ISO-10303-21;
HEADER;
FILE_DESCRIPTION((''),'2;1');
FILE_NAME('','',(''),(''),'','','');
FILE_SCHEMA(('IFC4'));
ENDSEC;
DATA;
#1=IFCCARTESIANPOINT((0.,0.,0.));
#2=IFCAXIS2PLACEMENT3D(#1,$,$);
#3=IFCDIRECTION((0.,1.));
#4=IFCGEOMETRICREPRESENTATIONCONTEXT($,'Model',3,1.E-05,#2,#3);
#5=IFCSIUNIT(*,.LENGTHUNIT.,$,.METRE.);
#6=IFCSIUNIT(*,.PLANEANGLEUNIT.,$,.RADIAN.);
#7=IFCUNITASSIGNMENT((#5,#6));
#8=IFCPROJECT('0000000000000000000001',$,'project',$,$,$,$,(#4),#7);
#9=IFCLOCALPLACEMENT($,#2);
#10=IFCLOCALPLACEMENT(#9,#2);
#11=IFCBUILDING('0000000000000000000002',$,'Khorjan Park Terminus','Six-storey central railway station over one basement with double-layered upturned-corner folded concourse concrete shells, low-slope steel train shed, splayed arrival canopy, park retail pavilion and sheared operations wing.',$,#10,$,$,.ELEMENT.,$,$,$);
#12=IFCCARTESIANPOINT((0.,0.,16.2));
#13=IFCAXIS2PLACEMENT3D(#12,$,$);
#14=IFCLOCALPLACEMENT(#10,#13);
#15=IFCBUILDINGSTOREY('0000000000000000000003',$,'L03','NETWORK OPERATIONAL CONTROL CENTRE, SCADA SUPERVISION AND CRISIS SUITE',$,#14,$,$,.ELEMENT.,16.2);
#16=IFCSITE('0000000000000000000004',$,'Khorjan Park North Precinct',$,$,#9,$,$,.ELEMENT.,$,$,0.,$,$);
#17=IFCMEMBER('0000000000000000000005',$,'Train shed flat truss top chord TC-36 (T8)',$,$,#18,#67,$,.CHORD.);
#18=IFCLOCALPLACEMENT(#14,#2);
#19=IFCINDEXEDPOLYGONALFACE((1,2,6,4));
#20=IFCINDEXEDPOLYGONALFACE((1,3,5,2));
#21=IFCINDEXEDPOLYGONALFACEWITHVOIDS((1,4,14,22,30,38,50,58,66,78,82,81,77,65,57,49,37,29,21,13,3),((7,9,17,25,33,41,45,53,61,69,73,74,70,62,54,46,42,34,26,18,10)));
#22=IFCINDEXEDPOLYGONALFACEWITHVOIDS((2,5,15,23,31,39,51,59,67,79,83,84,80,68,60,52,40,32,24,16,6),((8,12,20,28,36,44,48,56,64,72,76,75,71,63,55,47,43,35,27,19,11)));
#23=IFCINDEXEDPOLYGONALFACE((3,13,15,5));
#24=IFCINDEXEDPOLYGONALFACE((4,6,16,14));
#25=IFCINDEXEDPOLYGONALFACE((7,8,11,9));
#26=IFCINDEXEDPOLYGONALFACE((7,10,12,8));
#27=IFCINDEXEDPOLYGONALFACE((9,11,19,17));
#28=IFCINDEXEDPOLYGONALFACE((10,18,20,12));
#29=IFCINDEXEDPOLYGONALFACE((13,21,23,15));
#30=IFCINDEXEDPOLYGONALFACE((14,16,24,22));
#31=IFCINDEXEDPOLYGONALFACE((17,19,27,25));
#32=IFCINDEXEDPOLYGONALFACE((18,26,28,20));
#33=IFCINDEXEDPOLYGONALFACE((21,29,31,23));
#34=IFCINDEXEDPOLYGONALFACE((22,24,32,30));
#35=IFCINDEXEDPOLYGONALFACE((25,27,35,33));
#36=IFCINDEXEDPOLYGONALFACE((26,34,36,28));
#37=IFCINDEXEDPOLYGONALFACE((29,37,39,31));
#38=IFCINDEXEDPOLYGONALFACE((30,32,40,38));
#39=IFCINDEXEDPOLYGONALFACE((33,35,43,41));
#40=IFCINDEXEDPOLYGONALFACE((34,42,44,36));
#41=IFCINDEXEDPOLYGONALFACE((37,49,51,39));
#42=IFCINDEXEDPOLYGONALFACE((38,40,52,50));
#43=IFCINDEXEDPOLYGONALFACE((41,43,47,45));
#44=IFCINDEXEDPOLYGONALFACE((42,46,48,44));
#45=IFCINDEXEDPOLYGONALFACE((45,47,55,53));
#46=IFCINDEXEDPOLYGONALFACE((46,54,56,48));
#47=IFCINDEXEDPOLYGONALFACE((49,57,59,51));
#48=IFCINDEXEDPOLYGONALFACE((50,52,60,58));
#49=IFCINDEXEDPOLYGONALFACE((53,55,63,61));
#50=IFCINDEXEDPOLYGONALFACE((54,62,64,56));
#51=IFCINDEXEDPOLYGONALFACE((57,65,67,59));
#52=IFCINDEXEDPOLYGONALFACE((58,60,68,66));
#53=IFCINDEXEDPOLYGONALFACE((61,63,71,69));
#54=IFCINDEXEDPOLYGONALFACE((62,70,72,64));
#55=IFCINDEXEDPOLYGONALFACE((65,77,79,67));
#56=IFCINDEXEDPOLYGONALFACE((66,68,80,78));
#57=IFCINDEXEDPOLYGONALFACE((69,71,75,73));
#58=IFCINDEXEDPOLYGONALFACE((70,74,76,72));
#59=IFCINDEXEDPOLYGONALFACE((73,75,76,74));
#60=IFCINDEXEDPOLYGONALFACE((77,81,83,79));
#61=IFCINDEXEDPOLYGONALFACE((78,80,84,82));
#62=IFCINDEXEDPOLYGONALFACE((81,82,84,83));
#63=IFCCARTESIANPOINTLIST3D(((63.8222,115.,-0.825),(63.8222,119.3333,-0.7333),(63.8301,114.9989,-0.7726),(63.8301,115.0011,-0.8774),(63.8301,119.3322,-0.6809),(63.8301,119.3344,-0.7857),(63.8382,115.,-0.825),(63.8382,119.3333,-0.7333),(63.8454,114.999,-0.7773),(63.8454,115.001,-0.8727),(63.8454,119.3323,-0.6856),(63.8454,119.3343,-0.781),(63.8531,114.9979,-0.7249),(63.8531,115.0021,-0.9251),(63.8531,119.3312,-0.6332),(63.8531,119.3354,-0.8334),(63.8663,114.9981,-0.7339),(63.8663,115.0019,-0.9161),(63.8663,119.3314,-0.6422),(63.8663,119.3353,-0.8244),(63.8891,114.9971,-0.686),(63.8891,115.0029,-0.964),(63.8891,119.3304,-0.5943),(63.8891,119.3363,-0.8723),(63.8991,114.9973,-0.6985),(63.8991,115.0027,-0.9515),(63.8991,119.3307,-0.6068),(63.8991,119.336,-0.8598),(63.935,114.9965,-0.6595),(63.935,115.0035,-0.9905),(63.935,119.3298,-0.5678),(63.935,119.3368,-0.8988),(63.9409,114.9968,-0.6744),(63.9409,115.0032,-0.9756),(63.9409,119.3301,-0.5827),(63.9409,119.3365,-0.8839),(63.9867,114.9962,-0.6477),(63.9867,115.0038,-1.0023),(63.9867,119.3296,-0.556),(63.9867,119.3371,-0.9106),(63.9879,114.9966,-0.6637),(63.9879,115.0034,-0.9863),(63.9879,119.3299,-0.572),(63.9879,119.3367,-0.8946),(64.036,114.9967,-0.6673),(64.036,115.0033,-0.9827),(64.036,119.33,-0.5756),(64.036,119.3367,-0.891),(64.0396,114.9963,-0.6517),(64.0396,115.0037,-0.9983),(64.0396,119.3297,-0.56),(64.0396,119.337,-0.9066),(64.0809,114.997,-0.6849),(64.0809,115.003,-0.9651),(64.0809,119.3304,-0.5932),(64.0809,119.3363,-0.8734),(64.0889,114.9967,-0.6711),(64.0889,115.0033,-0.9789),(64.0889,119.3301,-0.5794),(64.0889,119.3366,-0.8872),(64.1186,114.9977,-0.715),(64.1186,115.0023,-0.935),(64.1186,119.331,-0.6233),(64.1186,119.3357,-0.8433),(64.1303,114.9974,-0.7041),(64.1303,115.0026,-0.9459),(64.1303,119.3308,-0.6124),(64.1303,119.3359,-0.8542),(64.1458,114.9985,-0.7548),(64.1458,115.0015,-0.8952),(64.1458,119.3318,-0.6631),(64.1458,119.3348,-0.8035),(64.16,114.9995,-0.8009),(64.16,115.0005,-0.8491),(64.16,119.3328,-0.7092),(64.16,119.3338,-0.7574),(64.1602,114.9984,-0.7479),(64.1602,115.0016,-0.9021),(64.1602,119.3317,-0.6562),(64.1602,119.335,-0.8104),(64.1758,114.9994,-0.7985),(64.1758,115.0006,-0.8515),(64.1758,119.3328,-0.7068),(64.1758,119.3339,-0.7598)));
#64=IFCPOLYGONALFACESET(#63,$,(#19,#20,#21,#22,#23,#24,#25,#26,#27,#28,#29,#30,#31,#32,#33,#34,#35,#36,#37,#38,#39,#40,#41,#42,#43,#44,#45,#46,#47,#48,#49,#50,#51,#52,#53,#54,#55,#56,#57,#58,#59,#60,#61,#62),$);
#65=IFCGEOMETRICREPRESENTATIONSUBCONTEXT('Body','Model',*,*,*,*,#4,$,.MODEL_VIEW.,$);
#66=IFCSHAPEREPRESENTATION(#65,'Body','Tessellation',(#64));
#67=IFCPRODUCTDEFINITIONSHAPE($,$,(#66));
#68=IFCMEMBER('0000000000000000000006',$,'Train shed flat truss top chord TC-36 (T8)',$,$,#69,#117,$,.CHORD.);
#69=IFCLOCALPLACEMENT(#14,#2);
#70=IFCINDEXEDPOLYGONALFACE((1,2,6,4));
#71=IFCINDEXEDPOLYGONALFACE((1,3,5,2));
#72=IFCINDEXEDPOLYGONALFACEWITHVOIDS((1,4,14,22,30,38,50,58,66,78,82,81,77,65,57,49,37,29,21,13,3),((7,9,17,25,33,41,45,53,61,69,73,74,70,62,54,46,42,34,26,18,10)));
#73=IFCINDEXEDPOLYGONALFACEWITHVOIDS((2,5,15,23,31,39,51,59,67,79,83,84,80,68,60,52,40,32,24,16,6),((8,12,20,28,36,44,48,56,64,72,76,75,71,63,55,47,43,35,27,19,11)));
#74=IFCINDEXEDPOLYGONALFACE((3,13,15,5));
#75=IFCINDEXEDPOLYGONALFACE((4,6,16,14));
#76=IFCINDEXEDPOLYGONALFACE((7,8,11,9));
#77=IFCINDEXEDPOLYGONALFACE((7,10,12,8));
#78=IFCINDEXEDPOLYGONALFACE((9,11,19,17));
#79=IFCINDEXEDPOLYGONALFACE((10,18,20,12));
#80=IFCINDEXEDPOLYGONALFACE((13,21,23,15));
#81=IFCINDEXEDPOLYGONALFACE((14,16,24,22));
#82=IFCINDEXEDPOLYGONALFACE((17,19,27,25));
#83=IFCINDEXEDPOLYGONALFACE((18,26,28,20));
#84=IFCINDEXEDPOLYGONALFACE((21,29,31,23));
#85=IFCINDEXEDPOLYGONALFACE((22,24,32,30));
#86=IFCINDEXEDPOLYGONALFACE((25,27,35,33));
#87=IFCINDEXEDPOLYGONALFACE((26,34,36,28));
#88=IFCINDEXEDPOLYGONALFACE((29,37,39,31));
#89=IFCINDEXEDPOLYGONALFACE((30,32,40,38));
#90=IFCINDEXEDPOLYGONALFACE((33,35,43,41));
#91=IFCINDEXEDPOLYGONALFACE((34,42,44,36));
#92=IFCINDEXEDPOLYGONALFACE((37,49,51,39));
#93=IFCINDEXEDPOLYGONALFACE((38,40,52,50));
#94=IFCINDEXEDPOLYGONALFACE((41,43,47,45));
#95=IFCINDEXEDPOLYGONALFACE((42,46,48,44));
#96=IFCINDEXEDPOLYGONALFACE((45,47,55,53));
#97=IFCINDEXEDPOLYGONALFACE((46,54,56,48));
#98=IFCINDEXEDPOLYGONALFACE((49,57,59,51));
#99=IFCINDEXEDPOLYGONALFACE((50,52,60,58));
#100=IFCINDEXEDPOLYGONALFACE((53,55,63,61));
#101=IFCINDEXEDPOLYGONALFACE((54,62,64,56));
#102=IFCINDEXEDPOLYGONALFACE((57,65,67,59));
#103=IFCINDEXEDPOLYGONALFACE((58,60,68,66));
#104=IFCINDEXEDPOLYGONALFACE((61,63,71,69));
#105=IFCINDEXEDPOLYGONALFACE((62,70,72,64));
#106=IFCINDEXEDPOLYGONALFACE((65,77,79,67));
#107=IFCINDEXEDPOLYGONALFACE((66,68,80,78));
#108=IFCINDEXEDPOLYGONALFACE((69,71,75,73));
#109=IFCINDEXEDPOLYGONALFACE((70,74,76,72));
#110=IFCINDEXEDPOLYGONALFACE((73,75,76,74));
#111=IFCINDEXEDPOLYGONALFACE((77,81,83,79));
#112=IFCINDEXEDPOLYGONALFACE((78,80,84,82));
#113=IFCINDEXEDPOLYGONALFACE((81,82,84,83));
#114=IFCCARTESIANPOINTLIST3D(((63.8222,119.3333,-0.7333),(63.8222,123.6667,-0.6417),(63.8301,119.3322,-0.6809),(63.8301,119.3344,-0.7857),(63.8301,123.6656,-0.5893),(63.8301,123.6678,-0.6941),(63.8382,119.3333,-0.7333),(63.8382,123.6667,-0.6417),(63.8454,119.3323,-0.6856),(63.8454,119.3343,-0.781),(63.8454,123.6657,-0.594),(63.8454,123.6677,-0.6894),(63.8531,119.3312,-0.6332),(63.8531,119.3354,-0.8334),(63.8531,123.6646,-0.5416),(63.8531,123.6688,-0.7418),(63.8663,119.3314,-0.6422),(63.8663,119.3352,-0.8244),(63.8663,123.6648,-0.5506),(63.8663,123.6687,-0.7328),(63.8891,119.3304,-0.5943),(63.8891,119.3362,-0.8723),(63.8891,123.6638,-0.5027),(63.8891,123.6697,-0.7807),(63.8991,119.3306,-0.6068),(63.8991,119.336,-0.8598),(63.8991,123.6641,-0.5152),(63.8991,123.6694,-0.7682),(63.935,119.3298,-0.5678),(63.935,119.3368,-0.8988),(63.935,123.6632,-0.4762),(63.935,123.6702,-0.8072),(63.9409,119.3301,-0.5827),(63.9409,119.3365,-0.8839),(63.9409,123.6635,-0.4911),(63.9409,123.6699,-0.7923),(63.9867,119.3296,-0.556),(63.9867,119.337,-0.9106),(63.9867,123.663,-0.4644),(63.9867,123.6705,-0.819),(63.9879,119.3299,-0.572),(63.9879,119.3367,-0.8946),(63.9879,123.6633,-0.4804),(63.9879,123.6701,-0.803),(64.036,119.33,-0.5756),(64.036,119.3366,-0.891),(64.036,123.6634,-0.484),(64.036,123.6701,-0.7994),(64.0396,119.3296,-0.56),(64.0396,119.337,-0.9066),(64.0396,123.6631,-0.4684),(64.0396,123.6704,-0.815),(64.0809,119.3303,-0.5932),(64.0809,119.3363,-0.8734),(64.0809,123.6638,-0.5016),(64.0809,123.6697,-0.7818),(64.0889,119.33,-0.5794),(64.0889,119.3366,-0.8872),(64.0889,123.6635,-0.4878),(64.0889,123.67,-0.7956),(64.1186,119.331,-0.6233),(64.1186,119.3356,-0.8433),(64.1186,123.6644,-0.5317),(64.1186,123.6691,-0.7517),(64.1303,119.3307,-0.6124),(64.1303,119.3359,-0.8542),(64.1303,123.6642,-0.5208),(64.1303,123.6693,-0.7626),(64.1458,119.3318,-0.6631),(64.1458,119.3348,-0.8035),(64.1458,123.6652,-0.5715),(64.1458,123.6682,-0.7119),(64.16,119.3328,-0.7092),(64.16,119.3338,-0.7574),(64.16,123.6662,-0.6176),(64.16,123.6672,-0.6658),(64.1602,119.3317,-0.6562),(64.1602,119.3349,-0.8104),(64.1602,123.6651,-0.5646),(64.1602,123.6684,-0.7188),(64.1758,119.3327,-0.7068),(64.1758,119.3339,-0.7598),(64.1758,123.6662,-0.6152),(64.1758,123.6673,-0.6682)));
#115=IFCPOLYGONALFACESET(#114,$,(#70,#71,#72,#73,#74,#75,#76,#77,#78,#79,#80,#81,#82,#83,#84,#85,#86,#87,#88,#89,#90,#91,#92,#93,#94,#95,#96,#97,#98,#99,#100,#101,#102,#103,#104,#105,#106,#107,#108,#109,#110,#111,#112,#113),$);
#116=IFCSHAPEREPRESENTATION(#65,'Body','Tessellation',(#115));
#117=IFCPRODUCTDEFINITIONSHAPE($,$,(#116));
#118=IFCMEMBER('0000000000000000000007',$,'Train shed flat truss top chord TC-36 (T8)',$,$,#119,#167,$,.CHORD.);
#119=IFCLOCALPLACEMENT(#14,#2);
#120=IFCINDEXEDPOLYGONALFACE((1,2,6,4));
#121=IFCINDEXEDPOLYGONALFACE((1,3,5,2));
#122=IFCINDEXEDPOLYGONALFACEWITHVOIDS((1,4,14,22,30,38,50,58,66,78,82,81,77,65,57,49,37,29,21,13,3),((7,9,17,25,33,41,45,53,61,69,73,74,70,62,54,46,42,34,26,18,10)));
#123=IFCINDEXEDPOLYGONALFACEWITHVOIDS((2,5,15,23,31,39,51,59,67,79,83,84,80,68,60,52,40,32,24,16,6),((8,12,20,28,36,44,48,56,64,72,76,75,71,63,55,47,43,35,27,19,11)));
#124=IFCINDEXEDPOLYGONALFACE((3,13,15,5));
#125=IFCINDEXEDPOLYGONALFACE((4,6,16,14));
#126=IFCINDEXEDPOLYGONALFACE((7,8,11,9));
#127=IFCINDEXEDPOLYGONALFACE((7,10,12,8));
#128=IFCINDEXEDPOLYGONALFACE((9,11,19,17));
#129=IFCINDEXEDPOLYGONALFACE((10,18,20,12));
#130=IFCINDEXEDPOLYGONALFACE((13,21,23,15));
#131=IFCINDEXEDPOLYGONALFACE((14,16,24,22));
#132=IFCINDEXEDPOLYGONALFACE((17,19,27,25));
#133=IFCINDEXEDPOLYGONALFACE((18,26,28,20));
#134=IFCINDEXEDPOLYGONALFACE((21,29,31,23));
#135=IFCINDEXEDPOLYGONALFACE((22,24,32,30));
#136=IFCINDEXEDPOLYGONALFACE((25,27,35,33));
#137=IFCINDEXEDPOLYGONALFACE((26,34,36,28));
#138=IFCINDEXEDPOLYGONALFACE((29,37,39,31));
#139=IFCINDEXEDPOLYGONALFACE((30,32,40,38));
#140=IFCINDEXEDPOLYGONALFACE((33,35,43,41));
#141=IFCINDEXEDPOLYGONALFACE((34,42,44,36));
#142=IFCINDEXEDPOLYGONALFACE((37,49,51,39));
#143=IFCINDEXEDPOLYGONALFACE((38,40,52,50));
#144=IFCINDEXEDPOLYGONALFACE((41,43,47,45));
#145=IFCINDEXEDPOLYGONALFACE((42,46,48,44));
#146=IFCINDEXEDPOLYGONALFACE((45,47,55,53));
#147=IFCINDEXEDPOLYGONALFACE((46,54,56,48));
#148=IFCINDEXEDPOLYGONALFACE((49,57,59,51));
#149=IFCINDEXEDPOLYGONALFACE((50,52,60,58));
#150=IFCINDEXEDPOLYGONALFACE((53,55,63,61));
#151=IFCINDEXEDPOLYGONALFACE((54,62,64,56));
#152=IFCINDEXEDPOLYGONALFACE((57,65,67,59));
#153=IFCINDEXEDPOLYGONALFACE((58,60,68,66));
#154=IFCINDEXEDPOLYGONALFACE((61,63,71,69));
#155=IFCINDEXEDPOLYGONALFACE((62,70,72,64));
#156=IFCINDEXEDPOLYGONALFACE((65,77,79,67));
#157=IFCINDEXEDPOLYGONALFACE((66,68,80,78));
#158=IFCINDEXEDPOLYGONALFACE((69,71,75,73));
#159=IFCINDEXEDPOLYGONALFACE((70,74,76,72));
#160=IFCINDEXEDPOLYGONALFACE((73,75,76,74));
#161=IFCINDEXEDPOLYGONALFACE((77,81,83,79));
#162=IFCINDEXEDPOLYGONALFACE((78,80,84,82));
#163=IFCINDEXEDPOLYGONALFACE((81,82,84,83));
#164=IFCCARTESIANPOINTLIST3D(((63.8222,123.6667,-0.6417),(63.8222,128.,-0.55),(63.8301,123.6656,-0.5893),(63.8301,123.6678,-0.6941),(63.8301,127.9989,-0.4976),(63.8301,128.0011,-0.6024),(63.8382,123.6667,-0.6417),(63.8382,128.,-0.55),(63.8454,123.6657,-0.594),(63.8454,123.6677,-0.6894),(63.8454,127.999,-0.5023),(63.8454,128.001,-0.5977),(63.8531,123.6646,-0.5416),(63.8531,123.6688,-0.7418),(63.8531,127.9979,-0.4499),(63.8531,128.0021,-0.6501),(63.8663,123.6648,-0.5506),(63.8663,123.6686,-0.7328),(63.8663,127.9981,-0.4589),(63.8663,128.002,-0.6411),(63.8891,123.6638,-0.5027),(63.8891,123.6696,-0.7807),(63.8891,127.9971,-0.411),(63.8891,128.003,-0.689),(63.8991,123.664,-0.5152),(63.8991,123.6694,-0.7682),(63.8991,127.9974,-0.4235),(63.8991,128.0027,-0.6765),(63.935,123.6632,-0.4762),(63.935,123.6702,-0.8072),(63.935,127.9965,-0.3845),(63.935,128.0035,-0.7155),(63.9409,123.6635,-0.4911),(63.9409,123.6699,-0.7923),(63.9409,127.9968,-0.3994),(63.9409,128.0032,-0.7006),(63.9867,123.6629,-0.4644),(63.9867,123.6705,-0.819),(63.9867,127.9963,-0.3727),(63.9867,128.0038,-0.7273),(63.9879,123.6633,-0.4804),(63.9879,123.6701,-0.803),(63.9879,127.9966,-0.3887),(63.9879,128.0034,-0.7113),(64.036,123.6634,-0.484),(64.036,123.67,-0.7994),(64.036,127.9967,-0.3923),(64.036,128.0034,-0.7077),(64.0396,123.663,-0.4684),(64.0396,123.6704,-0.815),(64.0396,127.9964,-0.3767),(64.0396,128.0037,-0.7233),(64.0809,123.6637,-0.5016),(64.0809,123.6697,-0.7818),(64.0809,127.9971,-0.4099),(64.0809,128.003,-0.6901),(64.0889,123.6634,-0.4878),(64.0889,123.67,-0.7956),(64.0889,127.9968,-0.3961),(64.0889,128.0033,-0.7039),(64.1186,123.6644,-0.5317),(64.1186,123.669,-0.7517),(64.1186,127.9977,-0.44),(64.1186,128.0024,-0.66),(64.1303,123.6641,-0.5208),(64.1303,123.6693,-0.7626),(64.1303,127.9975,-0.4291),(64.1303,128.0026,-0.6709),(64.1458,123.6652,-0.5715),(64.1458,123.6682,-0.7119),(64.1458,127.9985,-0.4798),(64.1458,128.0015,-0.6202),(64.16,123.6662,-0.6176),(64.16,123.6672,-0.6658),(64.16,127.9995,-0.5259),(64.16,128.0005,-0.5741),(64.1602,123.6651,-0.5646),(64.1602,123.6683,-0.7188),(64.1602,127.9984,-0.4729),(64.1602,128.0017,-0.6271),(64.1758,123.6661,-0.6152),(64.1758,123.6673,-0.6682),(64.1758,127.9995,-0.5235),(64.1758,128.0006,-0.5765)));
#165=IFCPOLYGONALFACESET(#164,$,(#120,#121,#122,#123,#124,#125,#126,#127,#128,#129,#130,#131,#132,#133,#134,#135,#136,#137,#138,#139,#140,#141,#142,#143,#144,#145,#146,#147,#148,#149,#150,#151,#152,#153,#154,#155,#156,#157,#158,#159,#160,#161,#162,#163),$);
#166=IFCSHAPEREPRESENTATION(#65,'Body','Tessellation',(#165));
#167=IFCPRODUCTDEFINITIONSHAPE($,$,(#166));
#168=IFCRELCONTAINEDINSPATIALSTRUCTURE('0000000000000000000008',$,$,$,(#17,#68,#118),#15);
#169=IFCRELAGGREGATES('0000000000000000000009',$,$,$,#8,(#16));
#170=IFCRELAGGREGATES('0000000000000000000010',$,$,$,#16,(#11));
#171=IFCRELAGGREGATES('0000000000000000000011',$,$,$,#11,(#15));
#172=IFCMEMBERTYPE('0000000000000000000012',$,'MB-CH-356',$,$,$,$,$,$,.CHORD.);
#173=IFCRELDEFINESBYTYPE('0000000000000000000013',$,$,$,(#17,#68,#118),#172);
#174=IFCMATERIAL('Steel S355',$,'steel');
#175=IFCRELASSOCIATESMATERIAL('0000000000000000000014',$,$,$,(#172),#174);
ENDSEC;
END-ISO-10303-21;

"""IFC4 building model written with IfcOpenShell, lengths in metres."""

from ifc_helpers import new_model, si_unit, direction, frame, origin, origin_2d, place, context, subcontext, project, spatial, hollow_circle, extrude, material, material_profile, profile_set, type_object, element, save


model = new_model("IFC4")

# Units and contexts
model_context = context("Model", 3, precision=1e-05, world=origin(), true_north=direction((0.0, 1.0)))
body_context = subcontext(model_context, "Body", "Model", "MODEL_VIEW")
ifc_project = project(units=[si_unit("LENGTHUNIT", "METRE"), si_unit("PLANEANGLEUNIT", "RADIAN")], contexts=[model_context])

# Site, building, storey
site_placement = place(None, origin())
site = spatial("IfcSite", under=ifc_project, at=site_placement, Name="Khorjan Park North Precinct", CompositionType="ELEMENT", RefElevation=0.0)
building_placement = place(site_placement, origin())
building = spatial("IfcBuilding", under=site, at=building_placement, Name="Khorjan Park Terminus", Description="Six-storey central railway station over one basement with double-layered upturned-corner folded concourse concrete shells, low-slope steel train shed, splayed arrival canopy, park retail pavilion and sheared operations wing.", CompositionType="ELEMENT")
storey_placement = place(building_placement, frame((0.0, 0.0, 16.2)))
storey = spatial("IfcBuildingStorey", under=building, at=storey_placement, Name="L03", Description="NETWORK OPERATIONAL CONTROL CENTRE, SCADA SUPERVISION AND CRISIS SUITE", CompositionType="ELEMENT", Elevation=16.2)

# Members
ifc_material = material(Name="Steel S355", Category="steel")
ifc_material_profile_1 = material_profile(ifc_material, hollow_circle(Radius=0.1778, WallThickness=0.016, at=origin_2d()), Name="CHS 355.6x16")
ifc_profile_set_1 = profile_set([ifc_material_profile_1], Name="Steel S355")
member_type_1 = type_object("IfcMemberType", Name="MB-CH-356", PredefinedType="CHORD", material=ifc_profile_set_1)
member_1_placement = place(storey_placement, frame((64.0, 115.0, -0.825), z_axis=(0.0, 0.999776, 0.021157), x_axis=(-1.0, 0.0, 0.0)))
element("IfcMember", 1, at=member_1_placement, inside=storey, type_object=member_type_1, Name="Train shed flat truss top chord TC-36 (T8)", PredefinedType="CHORD", context=body_context, shape_type="SweptSolid", body=[
    extrude(hollow_circle(Radius=0.1778, WallThickness=0.016, at=origin_2d()), origin(), (0.0, 0.0, 1.0), 4.3343),
])
member_2_placement = place(storey_placement, frame((64.0, 119.3333, -0.7333), z_axis=(0.0, 0.999777, 0.021133), x_axis=(-1.0, 0.0, 0.0)))
element("IfcMember", 2, at=member_2_placement, inside=storey, type_object=member_type_1, Name="Train shed flat truss top chord TC-36 (T8)", PredefinedType="CHORD", context=body_context, shape_type="SweptSolid", body=[
    extrude(hollow_circle(Radius=0.1778, WallThickness=0.016, at=origin_2d()), origin(), (0.0, 0.0, 1.0), 4.3344),
])
for number, where, z_axis, x_axis, name in (
    (3, (64.0, 123.6667, -0.6417), (0.0, 0.999776, 0.021157), (-1.0, 0.0, 0.0), "Train shed flat truss top chord TC-36 (T8)"),
):
    element("IfcMember", number, at=place(storey_placement, frame(where, z_axis=z_axis, x_axis=x_axis)), inside=storey, type_object=member_type_1, Name=name, PredefinedType="CHORD", context=body_context, shape_type="SweptSolid", body=[
        extrude(hollow_circle(Radius=0.1778, WallThickness=0.016, at=origin_2d()), origin(), (0.0, 0.0, 1.0), 4.3343),
    ])

save(model, "model.ifc")
